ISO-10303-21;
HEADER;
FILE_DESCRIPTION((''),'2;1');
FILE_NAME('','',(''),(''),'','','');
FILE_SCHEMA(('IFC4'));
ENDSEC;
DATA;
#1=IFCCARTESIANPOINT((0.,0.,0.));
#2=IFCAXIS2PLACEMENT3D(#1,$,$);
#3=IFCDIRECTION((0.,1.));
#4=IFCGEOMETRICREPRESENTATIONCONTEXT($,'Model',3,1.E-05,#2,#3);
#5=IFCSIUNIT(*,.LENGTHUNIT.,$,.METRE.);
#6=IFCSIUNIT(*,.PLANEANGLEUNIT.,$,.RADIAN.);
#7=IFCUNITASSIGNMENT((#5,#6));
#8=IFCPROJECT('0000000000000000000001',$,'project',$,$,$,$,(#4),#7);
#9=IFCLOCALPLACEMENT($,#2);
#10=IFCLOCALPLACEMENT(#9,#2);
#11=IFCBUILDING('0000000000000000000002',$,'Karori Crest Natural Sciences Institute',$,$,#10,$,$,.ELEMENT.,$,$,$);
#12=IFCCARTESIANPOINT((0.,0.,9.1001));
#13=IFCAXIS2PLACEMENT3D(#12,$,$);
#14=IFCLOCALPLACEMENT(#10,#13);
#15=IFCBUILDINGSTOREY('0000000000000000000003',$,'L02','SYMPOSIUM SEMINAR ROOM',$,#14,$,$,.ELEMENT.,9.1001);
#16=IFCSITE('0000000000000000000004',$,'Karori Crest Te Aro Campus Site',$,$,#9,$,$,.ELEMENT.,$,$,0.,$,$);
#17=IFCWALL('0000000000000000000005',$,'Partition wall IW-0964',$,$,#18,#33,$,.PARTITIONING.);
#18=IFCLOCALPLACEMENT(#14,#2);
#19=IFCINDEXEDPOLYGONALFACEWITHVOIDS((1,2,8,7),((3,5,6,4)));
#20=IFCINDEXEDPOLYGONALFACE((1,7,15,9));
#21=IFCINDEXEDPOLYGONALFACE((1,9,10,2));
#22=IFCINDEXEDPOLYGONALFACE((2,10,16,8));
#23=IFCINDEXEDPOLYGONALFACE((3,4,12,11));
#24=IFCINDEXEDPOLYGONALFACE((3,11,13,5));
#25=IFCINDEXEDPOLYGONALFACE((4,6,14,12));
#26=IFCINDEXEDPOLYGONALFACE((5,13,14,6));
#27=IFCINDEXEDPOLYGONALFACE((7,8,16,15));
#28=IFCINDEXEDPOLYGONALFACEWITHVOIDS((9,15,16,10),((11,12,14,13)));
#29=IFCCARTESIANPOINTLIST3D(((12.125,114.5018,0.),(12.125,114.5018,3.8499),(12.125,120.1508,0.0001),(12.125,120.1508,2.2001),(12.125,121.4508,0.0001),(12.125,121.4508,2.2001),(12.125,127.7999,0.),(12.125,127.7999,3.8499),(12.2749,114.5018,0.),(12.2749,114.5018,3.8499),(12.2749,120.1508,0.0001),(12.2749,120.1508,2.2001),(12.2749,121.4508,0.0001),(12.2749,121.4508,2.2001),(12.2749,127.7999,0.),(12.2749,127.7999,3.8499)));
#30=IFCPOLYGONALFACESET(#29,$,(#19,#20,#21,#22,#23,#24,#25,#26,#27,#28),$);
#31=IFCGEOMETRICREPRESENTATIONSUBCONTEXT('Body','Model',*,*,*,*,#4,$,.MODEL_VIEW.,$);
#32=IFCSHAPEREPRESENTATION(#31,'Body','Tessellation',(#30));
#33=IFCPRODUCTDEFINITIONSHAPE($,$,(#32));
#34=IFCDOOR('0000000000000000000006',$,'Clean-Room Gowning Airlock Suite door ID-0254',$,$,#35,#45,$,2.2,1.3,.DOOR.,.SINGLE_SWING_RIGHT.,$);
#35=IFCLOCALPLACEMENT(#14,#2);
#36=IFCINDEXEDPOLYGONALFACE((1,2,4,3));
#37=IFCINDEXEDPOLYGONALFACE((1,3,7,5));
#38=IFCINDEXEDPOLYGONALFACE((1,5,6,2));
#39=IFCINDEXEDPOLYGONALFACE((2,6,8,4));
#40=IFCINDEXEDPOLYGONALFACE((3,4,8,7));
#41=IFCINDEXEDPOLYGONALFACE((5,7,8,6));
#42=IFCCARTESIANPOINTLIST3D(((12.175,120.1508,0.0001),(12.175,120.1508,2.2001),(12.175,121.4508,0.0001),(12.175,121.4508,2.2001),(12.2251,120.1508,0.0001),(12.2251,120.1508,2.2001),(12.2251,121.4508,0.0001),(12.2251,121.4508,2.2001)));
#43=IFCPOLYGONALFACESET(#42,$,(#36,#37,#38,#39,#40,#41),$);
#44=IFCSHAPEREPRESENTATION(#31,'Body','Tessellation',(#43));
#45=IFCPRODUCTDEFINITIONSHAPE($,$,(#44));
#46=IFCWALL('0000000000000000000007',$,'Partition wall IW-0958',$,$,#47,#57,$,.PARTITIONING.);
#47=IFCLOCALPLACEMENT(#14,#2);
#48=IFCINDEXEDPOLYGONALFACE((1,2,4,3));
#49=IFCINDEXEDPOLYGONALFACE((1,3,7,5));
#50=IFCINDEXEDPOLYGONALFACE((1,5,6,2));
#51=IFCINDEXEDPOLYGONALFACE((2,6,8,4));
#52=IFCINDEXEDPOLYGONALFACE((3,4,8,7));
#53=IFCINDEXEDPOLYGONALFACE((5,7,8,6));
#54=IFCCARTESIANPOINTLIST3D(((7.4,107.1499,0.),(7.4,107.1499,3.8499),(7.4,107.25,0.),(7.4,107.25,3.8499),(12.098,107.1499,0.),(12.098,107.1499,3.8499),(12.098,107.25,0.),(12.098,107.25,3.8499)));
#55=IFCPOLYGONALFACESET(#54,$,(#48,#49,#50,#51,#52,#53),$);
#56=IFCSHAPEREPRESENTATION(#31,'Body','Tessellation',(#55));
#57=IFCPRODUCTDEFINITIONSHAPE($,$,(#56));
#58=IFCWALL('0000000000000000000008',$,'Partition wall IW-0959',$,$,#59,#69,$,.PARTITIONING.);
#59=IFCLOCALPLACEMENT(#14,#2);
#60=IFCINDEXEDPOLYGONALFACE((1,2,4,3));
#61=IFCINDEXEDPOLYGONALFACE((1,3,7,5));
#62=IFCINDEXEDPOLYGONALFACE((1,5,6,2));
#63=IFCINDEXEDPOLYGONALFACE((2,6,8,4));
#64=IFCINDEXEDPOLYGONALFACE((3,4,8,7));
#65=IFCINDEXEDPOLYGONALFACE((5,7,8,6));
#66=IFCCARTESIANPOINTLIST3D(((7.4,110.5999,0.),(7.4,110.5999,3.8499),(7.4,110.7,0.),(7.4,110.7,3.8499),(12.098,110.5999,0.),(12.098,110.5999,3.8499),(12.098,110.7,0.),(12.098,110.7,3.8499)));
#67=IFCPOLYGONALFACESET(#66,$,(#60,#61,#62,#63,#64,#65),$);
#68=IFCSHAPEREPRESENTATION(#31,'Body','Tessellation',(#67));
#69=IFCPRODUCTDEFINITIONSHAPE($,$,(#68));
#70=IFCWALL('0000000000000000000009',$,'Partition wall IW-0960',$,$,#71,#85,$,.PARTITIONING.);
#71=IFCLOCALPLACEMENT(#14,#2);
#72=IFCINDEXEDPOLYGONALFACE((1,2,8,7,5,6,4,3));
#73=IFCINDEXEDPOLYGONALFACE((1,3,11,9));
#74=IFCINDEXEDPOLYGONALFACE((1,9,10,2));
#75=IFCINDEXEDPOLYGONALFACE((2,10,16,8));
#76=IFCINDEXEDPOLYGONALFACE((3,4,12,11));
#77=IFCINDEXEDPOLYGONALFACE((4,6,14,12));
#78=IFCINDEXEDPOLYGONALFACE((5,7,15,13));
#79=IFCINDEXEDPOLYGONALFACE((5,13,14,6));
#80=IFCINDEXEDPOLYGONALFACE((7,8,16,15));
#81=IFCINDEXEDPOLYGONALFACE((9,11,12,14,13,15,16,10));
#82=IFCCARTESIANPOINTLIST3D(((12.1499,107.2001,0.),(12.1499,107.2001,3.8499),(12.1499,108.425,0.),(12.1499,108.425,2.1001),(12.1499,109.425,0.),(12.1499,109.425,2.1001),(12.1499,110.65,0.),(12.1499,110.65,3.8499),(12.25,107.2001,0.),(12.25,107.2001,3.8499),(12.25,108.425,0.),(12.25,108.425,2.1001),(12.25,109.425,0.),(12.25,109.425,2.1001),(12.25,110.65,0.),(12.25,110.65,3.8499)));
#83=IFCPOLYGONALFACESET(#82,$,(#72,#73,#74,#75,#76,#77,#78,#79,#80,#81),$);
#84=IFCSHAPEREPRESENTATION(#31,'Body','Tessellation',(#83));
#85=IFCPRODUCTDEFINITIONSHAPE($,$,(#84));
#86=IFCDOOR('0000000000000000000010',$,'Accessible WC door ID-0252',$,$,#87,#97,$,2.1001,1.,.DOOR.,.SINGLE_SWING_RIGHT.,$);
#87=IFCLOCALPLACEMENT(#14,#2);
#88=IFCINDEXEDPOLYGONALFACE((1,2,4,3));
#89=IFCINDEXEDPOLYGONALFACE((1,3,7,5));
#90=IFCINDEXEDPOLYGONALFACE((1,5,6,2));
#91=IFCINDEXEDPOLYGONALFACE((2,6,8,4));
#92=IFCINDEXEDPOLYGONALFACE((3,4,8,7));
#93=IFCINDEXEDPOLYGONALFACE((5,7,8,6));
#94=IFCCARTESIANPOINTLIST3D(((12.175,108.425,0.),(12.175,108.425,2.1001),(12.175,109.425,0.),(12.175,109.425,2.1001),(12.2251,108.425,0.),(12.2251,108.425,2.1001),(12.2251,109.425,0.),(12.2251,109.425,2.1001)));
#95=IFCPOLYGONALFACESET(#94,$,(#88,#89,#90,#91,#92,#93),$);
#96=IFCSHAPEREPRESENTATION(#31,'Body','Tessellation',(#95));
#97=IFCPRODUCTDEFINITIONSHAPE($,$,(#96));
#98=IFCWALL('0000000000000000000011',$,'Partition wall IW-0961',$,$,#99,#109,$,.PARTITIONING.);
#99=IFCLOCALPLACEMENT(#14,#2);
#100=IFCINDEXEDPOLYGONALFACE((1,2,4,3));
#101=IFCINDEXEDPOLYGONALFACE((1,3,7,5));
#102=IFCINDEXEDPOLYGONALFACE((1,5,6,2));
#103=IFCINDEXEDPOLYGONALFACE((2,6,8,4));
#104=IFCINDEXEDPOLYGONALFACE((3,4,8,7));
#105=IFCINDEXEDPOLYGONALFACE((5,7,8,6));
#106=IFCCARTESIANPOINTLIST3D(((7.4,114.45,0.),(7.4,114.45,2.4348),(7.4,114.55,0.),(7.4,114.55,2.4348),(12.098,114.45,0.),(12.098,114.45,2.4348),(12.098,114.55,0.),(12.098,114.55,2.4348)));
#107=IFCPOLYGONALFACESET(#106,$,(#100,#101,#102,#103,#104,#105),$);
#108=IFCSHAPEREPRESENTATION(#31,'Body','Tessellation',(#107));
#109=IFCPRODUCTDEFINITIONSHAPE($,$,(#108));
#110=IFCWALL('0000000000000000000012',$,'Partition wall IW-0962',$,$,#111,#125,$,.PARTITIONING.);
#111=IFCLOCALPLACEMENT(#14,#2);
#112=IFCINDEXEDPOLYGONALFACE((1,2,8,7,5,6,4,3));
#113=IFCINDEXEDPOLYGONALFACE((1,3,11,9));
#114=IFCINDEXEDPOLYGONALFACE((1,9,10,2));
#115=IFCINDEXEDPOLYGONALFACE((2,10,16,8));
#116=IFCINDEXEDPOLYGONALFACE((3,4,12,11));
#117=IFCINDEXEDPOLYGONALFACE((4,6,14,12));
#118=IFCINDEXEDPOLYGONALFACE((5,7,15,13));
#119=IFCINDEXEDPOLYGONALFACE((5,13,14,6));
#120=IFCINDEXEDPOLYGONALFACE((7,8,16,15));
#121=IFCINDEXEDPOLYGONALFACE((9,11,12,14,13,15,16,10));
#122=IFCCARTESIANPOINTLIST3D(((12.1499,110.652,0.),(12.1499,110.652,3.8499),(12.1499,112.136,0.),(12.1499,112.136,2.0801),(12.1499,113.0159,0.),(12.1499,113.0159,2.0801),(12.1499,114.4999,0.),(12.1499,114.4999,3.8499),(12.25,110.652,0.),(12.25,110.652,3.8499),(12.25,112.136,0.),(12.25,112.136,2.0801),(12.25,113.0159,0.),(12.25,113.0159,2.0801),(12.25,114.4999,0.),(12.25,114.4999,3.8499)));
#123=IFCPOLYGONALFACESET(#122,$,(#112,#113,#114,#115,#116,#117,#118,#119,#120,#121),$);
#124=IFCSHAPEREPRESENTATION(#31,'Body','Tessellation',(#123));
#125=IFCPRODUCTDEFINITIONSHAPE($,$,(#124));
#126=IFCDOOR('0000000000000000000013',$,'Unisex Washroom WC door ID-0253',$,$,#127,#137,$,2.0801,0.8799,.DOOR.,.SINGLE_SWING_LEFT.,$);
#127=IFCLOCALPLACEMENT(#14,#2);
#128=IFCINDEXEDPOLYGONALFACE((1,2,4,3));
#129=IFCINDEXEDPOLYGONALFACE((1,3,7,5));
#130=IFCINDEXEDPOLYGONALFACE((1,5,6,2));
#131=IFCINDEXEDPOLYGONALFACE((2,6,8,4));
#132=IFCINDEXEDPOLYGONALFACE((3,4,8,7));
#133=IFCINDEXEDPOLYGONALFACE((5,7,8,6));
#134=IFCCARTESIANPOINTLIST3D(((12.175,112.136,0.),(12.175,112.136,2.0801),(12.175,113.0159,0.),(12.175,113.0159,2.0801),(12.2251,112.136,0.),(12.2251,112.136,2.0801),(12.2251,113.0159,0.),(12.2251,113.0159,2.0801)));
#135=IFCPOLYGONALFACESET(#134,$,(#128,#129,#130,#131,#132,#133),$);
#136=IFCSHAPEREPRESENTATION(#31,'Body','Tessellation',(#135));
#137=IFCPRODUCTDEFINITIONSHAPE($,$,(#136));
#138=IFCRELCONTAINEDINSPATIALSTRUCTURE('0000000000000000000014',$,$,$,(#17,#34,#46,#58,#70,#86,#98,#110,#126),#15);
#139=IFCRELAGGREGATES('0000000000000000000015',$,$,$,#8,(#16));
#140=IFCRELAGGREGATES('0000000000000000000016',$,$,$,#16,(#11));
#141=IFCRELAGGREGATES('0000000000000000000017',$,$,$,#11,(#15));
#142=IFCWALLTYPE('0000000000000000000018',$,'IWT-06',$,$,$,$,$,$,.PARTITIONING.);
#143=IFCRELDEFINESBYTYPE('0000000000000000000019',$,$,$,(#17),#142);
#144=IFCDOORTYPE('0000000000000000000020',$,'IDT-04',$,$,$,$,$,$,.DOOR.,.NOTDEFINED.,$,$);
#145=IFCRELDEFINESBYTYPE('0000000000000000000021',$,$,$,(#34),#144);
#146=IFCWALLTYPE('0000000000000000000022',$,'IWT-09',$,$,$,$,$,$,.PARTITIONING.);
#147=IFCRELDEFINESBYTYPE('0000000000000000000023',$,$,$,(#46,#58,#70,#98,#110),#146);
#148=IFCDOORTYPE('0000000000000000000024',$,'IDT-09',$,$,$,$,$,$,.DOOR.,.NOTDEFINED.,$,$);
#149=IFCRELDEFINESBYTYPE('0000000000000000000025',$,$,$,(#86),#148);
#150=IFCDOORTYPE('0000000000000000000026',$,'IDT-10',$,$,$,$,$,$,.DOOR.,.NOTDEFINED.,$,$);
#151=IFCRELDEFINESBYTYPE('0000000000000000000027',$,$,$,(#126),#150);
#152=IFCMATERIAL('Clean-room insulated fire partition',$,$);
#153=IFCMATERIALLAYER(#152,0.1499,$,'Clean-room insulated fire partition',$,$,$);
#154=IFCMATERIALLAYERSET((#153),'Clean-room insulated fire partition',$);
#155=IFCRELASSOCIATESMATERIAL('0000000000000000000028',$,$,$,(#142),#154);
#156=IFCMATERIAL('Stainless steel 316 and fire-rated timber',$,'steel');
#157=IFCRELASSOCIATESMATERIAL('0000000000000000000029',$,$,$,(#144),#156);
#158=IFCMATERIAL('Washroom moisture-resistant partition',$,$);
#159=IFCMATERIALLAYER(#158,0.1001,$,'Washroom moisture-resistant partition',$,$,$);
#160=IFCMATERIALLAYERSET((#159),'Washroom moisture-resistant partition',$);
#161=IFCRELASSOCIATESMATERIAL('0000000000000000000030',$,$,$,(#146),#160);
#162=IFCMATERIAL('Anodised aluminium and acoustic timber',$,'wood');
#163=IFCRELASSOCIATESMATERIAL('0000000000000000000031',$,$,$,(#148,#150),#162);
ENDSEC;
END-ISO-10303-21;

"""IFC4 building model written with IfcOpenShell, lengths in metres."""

from ifc_helpers import new_model, si_unit, direction, frame, frame_2d, origin, place, context, subcontext, project, spatial, rectangle, extrude, material, layer, layer_set, type_object, element, fill, save


model = new_model("IFC4")

# Units and contexts
model_context = context("Model", 3, precision=1e-05, world=origin(), true_north=direction((0.0, 1.0)))
body_context = subcontext(model_context, "Body", "Model", "MODEL_VIEW")
ifc_project = project(units=[si_unit("LENGTHUNIT", "METRE"), si_unit("PLANEANGLEUNIT", "RADIAN")], contexts=[model_context])

# Site, building, storey
site_placement = place(None, origin())
site = spatial("IfcSite", under=ifc_project, at=site_placement, Name="Karori Crest Te Aro Campus Site", CompositionType="ELEMENT", RefElevation=0.0)
building_placement = place(site_placement, origin())
building = spatial("IfcBuilding", under=site, at=building_placement, Name="Karori Crest Natural Sciences Institute", CompositionType="ELEMENT")
storey_placement = place(building_placement, frame((0.0, 0.0, 9.1001)))
storey = spatial("IfcBuildingStorey", under=building, at=storey_placement, Name="L02", Description="SYMPOSIUM SEMINAR ROOM", CompositionType="ELEMENT", Elevation=9.1001)

# Wall, opening, door
ifc_material_1 = material(Name="Stainless steel 316 and fire-rated timber", Category="steel")
ifc_material_2 = material(Name="Clean-room insulated fire partition")
ifc_layer_1 = layer(ifc_material_2, 0.1499, Name="Clean-room insulated fire partition")
ifc_layer_set_1 = layer_set([ifc_layer_1], Name="Clean-room insulated fire partition")
wall_type_1 = type_object("IfcWallType", Name="IWT-06", PredefinedType="PARTITIONING", material=ifc_layer_set_1)
wall_1_placement = place(storey_placement, frame((12.2, 114.502, 0.0), z_axis=(0.0, 0.0, 1.0), x_axis=(0.0, 1.0, 0.0)))
wall_1 = element("IfcWall", 1, at=wall_1_placement, inside=storey, type_object=wall_type_1, Name="Partition wall IW-0964", PredefinedType="PARTITIONING", context=body_context, shape_type="SweptSolid", body=[
    extrude(rectangle(XDim=13.2981, YDim=0.1499, at=frame_2d((6.6489, 0.0))), origin(), (0.0, 0.0, 1.0), 3.8499),
])
opening_1_placement = place(wall_1_placement, frame((5.6489, 0.0, 0.0)))
opening_1 = element("IfcOpeningElement", 2, at=opening_1_placement, cuts=wall_1, PredefinedType="OPENING", context=body_context, shape_type="SweptSolid", body=[
    extrude(rectangle(XDim=1.3, YDim=2.2, at=frame_2d((0.6499, 1.1001))), frame((0.0, 0.085, 0.0), z_axis=(0.0, -1.0, 0.0), x_axis=(1.0, 0.0, 0.0)), (0.0, 0.0, 1.0), 0.1699),
])
door_type_1 = type_object("IfcDoorType", Name="IDT-04", OperationType="NOTDEFINED", PredefinedType="DOOR", material=ifc_material_1)
door_1_placement = place(opening_1_placement, origin())
door_1 = element("IfcDoor", 3, at=door_1_placement, inside=storey, type_object=door_type_1, Name="Clean-Room Gowning Airlock Suite door ID-0254", OperationType="SINGLE_SWING_RIGHT", OverallHeight=2.2, OverallWidth=1.3, PredefinedType="DOOR", context=body_context, shape_type="SweptSolid", body=[
    extrude(rectangle(XDim=1.3, YDim=2.2, at=frame_2d((0.6499, 1.1001))), frame((0.0, 0.0249, 0.0), z_axis=(0.0, -1.0, 0.0), x_axis=(1.0, 0.0, 0.0)), (0.0, 0.0, 1.0), 0.05),
])
fill(opening_1, door_1)

# Walls
ifc_material_3 = material(Name="Washroom moisture-resistant partition")
ifc_layer_2 = layer(ifc_material_3, 0.1001, Name="Washroom moisture-resistant partition")
ifc_layer_set_2 = layer_set([ifc_layer_2], Name="Washroom moisture-resistant partition")
wall_type_2 = type_object("IfcWallType", Name="IWT-09", PredefinedType="PARTITIONING", material=ifc_layer_set_2)
for number, where, z_axis, x_axis, name in (
    (4, (7.3999, 107.2, 0.0), (0.0, 0.0, 1.0), (1.0, 0.0, 0.0), "Partition wall IW-0958"),
    (5, (7.3999, 110.6499, 0.0), (0.0, 0.0, 1.0), (1.0, 0.0, 0.0), "Partition wall IW-0959"),
):
    element("IfcWall", number, at=place(storey_placement, frame(where, z_axis=z_axis, x_axis=x_axis)), inside=storey, type_object=wall_type_2, Name=name, PredefinedType="PARTITIONING", context=body_context, shape_type="SweptSolid", body=[
        extrude(rectangle(XDim=4.698, YDim=0.1001, at=frame_2d((2.3491, 0.0))), origin(), (0.0, 0.0, 1.0), 3.8499),
    ])

# Wall, opening, door
wall_2_placement = place(storey_placement, frame((12.2, 107.2, 0.0), z_axis=(0.0, 0.0, 1.0), x_axis=(0.0, 1.0, 0.0)))
wall_2 = element("IfcWall", 6, at=wall_2_placement, inside=storey, type_object=wall_type_2, Name="Partition wall IW-0960", PredefinedType="PARTITIONING", context=body_context, shape_type="SweptSolid", body=[
    extrude(rectangle(XDim=3.45, YDim=0.1001, at=frame_2d((1.7251, 0.0))), origin(), (0.0, 0.0, 1.0), 3.8499),
])
opening_2_placement = place(wall_2_placement, frame((1.2251, 0.0, 0.0)))
opening_2 = element("IfcOpeningElement", 7, at=opening_2_placement, cuts=wall_2, PredefinedType="OPENING", context=body_context, shape_type="SweptSolid", body=[
    extrude(rectangle(XDim=1.0, YDim=2.1001, at=frame_2d((0.5, 1.05))), frame((0.0, 0.0601, 0.0), z_axis=(0.0, -1.0, 0.0), x_axis=(1.0, 0.0, 0.0)), (0.0, 0.0, 1.0), 0.1201),
])
ifc_material_4 = material(Name="Anodised aluminium and acoustic timber", Category="wood")
door_type_2 = type_object("IfcDoorType", Name="IDT-09", OperationType="NOTDEFINED", PredefinedType="DOOR", material=ifc_material_4)
door_2_placement = place(opening_2_placement, origin())
door_2 = element("IfcDoor", 8, at=door_2_placement, inside=storey, type_object=door_type_2, Name="Accessible WC door ID-0252", OperationType="SINGLE_SWING_RIGHT", OverallHeight=2.1001, OverallWidth=1.0, PredefinedType="DOOR", context=body_context, shape_type="SweptSolid", body=[
    extrude(rectangle(XDim=1.0, YDim=2.1001, at=frame_2d((0.5, 1.05))), frame((0.0, 0.0249, 0.0), z_axis=(0.0, -1.0, 0.0), x_axis=(1.0, 0.0, 0.0)), (0.0, 0.0, 1.0), 0.05),
])
fill(opening_2, door_2)

# Wall
wall_3_placement = place(storey_placement, frame((7.3999, 114.5, 0.0), z_axis=(0.0, 0.0, 1.0), x_axis=(1.0, 0.0, 0.0)))
element("IfcWall", 9, at=wall_3_placement, inside=storey, type_object=wall_type_2, Name="Partition wall IW-0961", PredefinedType="PARTITIONING", context=body_context, shape_type="SweptSolid", body=[
    extrude(rectangle(XDim=4.698, YDim=0.1001, at=frame_2d((2.3491, 0.0))), origin(), (0.0, 0.0, 1.0), 2.4348),
])

# Wall, opening, door
wall_4_placement = place(storey_placement, frame((12.2, 110.6521, 0.0), z_axis=(0.0, 0.0, 1.0), x_axis=(0.0, 1.0, 0.0)))
wall_4 = element("IfcWall", 10, at=wall_4_placement, inside=storey, type_object=wall_type_2, Name="Partition wall IW-0962", PredefinedType="PARTITIONING", context=body_context, shape_type="SweptSolid", body=[
    extrude(rectangle(XDim=3.8479, YDim=0.1001, at=frame_2d((1.9238, 0.0))), origin(), (0.0, 0.0, 1.0), 3.8499),
])
opening_3_placement = place(wall_4_placement, frame((1.4839, 0.0, 0.0)))
opening_3 = element("IfcOpeningElement", 11, at=opening_3_placement, cuts=wall_4, PredefinedType="OPENING", context=body_context, shape_type="SweptSolid", body=[
    extrude(rectangle(XDim=0.8799, YDim=2.0801, at=frame_2d((0.4399, 1.04))), frame((0.0, 0.0601, 0.0), z_axis=(0.0, -1.0, 0.0), x_axis=(1.0, 0.0, 0.0)), (0.0, 0.0, 1.0), 0.1201),
])
door_type_3 = type_object("IfcDoorType", Name="IDT-10", OperationType="NOTDEFINED", PredefinedType="DOOR", material=ifc_material_4)
door_3_placement = place(opening_3_placement, origin())
door_3 = element("IfcDoor", 12, at=door_3_placement, inside=storey, type_object=door_type_3, Name="Unisex Washroom WC door ID-0253", OperationType="SINGLE_SWING_LEFT", OverallHeight=2.0801, OverallWidth=0.8799, PredefinedType="DOOR", context=body_context, shape_type="SweptSolid", body=[
    extrude(rectangle(XDim=0.8799, YDim=2.0801, at=frame_2d((0.4399, 1.04))), frame((0.0, 0.0249, 0.0), z_axis=(0.0, -1.0, 0.0), x_axis=(1.0, 0.0, 0.0)), (0.0, 0.0, 1.0), 0.05),
])
fill(opening_3, door_3)

save(model, "model.ifc")
